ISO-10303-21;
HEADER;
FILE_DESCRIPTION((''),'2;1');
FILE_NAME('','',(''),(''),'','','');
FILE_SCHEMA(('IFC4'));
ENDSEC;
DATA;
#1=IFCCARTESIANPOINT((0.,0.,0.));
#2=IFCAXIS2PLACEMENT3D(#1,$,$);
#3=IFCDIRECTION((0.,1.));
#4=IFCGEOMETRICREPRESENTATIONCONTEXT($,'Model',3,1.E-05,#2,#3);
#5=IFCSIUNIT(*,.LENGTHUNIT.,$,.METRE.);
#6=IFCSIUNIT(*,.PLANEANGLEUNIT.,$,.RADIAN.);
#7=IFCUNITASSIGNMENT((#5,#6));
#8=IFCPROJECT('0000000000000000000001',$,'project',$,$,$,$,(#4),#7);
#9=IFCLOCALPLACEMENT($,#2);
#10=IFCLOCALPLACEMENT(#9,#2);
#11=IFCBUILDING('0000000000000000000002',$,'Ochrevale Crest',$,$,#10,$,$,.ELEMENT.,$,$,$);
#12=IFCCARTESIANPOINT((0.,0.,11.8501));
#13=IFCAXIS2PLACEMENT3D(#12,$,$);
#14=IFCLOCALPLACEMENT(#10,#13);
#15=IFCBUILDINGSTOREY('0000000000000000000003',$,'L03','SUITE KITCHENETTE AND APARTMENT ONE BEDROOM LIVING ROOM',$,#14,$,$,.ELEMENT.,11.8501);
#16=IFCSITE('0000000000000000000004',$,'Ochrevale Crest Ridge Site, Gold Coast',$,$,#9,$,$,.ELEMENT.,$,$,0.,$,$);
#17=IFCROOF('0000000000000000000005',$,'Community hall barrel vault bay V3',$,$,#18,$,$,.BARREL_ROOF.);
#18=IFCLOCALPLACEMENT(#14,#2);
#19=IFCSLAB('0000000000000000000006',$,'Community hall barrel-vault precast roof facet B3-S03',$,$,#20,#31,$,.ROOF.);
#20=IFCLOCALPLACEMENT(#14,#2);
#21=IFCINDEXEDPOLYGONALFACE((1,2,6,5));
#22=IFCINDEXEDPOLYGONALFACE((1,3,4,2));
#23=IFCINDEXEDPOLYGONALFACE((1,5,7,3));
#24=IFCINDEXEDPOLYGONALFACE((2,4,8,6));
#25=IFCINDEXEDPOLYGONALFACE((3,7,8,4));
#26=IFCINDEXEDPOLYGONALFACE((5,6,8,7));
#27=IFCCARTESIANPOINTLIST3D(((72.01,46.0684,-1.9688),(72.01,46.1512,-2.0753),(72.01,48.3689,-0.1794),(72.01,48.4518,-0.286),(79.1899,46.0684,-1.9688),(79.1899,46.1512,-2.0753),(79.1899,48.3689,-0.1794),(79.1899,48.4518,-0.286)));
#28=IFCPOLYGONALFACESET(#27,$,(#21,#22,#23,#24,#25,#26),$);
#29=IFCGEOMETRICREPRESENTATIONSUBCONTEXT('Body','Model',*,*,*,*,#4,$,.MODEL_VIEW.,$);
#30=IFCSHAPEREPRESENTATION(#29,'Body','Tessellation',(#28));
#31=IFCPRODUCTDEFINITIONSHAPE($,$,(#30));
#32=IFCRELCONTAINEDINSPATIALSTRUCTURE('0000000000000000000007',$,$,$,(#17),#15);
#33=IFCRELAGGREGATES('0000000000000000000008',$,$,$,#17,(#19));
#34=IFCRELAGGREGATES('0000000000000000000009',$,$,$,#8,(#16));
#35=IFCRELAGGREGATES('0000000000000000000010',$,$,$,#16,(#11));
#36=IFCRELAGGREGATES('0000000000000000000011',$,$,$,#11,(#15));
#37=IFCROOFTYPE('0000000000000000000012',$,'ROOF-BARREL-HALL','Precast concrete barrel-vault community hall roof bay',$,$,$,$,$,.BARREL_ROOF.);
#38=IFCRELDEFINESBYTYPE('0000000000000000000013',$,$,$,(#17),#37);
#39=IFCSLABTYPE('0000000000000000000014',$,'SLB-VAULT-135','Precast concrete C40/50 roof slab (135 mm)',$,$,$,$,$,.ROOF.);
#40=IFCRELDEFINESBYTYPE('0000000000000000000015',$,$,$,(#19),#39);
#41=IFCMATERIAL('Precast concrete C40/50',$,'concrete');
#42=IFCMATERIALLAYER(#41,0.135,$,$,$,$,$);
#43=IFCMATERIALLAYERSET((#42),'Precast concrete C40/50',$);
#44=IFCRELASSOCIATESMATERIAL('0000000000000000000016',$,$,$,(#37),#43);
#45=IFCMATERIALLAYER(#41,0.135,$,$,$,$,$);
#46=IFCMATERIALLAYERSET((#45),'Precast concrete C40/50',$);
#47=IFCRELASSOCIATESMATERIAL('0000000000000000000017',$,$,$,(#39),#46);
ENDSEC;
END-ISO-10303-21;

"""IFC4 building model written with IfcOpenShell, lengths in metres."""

from ifc_helpers import new_model, si_unit, direction, frame, origin, place, context, subcontext, project, spatial, polyline, outline, extrude, material, layer, layer_set, type_object, element, aggregate, save


model = new_model("IFC4")

# Units and contexts
model_context = context("Model", 3, precision=1e-05, world=origin(), true_north=direction((0.0, 1.0)))
body_context = subcontext(model_context, "Body", "Model", "MODEL_VIEW")
ifc_project = project(units=[si_unit("LENGTHUNIT", "METRE"), si_unit("PLANEANGLEUNIT", "RADIAN")], contexts=[model_context])

# Site, building, storey
site_placement = place(None, origin())
site = spatial("IfcSite", under=ifc_project, at=site_placement, Name="Ochrevale Crest Ridge Site, Gold Coast", CompositionType="ELEMENT", RefElevation=0.0)
building_placement = place(site_placement, origin())
building = spatial("IfcBuilding", under=site, at=building_placement, Name="Ochrevale Crest", CompositionType="ELEMENT")
storey_placement = place(building_placement, frame((0.0, 0.0, 11.8501)))
storey = spatial("IfcBuildingStorey", under=building, at=storey_placement, Name="L03", Description="SUITE KITCHENETTE AND APARTMENT ONE BEDROOM LIVING ROOM", CompositionType="ELEMENT", Elevation=11.8501)

# Roof, slab
ifc_material_1 = material(Name="Precast concrete C40/50", Category="concrete")
ifc_layer_1 = layer(ifc_material_1, 0.135)
ifc_layer_set_1 = layer_set([ifc_layer_1], Name="Precast concrete C40/50")
roof_type = type_object("IfcRoofType", Name="ROOF-BARREL-HALL", Description="Precast concrete barrel-vault community hall roof bay", PredefinedType="BARREL_ROOF", material=ifc_layer_set_1)
ifc_layer_2 = layer(ifc_material_1, 0.135)
ifc_layer_set_2 = layer_set([ifc_layer_2], Name="Precast concrete C40/50")
slab_type = type_object("IfcSlabType", Name="SLB-VAULT-135", Description="Precast concrete C40/50 roof slab (135 mm)", PredefinedType="ROOF", material=ifc_layer_set_2)
roof_1_placement = place(storey_placement, origin())
roof_1 = element("IfcRoof", 1, at=roof_1_placement, inside=storey, type_object=roof_type, Name="Community hall barrel vault bay V3", PredefinedType="BARREL_ROOF")
slab_1_placement = place(storey_placement, frame((72.01, 46.0684, -1.9688), z_axis=(0.0, -0.613941, 0.789352), x_axis=(1.0, 0.0, 0.0)))
slab_1 = element("IfcSlab", 2, at=slab_1_placement, type_object=slab_type, Name="Community hall barrel-vault precast roof facet B3-S03", PredefinedType="ROOF", context=body_context, shape_type="SweptSolid", body=[
    extrude(outline(polyline([(0.0, 0.0), (7.1799, 0.0), (7.1799, 2.9145), (0.0, 2.9145), (0.0, 0.0)])), origin(), (0.0, 0.0, -1.0), 0.135),
])
aggregate(roof_1, [slab_1])

save(model, "model.ifc")
